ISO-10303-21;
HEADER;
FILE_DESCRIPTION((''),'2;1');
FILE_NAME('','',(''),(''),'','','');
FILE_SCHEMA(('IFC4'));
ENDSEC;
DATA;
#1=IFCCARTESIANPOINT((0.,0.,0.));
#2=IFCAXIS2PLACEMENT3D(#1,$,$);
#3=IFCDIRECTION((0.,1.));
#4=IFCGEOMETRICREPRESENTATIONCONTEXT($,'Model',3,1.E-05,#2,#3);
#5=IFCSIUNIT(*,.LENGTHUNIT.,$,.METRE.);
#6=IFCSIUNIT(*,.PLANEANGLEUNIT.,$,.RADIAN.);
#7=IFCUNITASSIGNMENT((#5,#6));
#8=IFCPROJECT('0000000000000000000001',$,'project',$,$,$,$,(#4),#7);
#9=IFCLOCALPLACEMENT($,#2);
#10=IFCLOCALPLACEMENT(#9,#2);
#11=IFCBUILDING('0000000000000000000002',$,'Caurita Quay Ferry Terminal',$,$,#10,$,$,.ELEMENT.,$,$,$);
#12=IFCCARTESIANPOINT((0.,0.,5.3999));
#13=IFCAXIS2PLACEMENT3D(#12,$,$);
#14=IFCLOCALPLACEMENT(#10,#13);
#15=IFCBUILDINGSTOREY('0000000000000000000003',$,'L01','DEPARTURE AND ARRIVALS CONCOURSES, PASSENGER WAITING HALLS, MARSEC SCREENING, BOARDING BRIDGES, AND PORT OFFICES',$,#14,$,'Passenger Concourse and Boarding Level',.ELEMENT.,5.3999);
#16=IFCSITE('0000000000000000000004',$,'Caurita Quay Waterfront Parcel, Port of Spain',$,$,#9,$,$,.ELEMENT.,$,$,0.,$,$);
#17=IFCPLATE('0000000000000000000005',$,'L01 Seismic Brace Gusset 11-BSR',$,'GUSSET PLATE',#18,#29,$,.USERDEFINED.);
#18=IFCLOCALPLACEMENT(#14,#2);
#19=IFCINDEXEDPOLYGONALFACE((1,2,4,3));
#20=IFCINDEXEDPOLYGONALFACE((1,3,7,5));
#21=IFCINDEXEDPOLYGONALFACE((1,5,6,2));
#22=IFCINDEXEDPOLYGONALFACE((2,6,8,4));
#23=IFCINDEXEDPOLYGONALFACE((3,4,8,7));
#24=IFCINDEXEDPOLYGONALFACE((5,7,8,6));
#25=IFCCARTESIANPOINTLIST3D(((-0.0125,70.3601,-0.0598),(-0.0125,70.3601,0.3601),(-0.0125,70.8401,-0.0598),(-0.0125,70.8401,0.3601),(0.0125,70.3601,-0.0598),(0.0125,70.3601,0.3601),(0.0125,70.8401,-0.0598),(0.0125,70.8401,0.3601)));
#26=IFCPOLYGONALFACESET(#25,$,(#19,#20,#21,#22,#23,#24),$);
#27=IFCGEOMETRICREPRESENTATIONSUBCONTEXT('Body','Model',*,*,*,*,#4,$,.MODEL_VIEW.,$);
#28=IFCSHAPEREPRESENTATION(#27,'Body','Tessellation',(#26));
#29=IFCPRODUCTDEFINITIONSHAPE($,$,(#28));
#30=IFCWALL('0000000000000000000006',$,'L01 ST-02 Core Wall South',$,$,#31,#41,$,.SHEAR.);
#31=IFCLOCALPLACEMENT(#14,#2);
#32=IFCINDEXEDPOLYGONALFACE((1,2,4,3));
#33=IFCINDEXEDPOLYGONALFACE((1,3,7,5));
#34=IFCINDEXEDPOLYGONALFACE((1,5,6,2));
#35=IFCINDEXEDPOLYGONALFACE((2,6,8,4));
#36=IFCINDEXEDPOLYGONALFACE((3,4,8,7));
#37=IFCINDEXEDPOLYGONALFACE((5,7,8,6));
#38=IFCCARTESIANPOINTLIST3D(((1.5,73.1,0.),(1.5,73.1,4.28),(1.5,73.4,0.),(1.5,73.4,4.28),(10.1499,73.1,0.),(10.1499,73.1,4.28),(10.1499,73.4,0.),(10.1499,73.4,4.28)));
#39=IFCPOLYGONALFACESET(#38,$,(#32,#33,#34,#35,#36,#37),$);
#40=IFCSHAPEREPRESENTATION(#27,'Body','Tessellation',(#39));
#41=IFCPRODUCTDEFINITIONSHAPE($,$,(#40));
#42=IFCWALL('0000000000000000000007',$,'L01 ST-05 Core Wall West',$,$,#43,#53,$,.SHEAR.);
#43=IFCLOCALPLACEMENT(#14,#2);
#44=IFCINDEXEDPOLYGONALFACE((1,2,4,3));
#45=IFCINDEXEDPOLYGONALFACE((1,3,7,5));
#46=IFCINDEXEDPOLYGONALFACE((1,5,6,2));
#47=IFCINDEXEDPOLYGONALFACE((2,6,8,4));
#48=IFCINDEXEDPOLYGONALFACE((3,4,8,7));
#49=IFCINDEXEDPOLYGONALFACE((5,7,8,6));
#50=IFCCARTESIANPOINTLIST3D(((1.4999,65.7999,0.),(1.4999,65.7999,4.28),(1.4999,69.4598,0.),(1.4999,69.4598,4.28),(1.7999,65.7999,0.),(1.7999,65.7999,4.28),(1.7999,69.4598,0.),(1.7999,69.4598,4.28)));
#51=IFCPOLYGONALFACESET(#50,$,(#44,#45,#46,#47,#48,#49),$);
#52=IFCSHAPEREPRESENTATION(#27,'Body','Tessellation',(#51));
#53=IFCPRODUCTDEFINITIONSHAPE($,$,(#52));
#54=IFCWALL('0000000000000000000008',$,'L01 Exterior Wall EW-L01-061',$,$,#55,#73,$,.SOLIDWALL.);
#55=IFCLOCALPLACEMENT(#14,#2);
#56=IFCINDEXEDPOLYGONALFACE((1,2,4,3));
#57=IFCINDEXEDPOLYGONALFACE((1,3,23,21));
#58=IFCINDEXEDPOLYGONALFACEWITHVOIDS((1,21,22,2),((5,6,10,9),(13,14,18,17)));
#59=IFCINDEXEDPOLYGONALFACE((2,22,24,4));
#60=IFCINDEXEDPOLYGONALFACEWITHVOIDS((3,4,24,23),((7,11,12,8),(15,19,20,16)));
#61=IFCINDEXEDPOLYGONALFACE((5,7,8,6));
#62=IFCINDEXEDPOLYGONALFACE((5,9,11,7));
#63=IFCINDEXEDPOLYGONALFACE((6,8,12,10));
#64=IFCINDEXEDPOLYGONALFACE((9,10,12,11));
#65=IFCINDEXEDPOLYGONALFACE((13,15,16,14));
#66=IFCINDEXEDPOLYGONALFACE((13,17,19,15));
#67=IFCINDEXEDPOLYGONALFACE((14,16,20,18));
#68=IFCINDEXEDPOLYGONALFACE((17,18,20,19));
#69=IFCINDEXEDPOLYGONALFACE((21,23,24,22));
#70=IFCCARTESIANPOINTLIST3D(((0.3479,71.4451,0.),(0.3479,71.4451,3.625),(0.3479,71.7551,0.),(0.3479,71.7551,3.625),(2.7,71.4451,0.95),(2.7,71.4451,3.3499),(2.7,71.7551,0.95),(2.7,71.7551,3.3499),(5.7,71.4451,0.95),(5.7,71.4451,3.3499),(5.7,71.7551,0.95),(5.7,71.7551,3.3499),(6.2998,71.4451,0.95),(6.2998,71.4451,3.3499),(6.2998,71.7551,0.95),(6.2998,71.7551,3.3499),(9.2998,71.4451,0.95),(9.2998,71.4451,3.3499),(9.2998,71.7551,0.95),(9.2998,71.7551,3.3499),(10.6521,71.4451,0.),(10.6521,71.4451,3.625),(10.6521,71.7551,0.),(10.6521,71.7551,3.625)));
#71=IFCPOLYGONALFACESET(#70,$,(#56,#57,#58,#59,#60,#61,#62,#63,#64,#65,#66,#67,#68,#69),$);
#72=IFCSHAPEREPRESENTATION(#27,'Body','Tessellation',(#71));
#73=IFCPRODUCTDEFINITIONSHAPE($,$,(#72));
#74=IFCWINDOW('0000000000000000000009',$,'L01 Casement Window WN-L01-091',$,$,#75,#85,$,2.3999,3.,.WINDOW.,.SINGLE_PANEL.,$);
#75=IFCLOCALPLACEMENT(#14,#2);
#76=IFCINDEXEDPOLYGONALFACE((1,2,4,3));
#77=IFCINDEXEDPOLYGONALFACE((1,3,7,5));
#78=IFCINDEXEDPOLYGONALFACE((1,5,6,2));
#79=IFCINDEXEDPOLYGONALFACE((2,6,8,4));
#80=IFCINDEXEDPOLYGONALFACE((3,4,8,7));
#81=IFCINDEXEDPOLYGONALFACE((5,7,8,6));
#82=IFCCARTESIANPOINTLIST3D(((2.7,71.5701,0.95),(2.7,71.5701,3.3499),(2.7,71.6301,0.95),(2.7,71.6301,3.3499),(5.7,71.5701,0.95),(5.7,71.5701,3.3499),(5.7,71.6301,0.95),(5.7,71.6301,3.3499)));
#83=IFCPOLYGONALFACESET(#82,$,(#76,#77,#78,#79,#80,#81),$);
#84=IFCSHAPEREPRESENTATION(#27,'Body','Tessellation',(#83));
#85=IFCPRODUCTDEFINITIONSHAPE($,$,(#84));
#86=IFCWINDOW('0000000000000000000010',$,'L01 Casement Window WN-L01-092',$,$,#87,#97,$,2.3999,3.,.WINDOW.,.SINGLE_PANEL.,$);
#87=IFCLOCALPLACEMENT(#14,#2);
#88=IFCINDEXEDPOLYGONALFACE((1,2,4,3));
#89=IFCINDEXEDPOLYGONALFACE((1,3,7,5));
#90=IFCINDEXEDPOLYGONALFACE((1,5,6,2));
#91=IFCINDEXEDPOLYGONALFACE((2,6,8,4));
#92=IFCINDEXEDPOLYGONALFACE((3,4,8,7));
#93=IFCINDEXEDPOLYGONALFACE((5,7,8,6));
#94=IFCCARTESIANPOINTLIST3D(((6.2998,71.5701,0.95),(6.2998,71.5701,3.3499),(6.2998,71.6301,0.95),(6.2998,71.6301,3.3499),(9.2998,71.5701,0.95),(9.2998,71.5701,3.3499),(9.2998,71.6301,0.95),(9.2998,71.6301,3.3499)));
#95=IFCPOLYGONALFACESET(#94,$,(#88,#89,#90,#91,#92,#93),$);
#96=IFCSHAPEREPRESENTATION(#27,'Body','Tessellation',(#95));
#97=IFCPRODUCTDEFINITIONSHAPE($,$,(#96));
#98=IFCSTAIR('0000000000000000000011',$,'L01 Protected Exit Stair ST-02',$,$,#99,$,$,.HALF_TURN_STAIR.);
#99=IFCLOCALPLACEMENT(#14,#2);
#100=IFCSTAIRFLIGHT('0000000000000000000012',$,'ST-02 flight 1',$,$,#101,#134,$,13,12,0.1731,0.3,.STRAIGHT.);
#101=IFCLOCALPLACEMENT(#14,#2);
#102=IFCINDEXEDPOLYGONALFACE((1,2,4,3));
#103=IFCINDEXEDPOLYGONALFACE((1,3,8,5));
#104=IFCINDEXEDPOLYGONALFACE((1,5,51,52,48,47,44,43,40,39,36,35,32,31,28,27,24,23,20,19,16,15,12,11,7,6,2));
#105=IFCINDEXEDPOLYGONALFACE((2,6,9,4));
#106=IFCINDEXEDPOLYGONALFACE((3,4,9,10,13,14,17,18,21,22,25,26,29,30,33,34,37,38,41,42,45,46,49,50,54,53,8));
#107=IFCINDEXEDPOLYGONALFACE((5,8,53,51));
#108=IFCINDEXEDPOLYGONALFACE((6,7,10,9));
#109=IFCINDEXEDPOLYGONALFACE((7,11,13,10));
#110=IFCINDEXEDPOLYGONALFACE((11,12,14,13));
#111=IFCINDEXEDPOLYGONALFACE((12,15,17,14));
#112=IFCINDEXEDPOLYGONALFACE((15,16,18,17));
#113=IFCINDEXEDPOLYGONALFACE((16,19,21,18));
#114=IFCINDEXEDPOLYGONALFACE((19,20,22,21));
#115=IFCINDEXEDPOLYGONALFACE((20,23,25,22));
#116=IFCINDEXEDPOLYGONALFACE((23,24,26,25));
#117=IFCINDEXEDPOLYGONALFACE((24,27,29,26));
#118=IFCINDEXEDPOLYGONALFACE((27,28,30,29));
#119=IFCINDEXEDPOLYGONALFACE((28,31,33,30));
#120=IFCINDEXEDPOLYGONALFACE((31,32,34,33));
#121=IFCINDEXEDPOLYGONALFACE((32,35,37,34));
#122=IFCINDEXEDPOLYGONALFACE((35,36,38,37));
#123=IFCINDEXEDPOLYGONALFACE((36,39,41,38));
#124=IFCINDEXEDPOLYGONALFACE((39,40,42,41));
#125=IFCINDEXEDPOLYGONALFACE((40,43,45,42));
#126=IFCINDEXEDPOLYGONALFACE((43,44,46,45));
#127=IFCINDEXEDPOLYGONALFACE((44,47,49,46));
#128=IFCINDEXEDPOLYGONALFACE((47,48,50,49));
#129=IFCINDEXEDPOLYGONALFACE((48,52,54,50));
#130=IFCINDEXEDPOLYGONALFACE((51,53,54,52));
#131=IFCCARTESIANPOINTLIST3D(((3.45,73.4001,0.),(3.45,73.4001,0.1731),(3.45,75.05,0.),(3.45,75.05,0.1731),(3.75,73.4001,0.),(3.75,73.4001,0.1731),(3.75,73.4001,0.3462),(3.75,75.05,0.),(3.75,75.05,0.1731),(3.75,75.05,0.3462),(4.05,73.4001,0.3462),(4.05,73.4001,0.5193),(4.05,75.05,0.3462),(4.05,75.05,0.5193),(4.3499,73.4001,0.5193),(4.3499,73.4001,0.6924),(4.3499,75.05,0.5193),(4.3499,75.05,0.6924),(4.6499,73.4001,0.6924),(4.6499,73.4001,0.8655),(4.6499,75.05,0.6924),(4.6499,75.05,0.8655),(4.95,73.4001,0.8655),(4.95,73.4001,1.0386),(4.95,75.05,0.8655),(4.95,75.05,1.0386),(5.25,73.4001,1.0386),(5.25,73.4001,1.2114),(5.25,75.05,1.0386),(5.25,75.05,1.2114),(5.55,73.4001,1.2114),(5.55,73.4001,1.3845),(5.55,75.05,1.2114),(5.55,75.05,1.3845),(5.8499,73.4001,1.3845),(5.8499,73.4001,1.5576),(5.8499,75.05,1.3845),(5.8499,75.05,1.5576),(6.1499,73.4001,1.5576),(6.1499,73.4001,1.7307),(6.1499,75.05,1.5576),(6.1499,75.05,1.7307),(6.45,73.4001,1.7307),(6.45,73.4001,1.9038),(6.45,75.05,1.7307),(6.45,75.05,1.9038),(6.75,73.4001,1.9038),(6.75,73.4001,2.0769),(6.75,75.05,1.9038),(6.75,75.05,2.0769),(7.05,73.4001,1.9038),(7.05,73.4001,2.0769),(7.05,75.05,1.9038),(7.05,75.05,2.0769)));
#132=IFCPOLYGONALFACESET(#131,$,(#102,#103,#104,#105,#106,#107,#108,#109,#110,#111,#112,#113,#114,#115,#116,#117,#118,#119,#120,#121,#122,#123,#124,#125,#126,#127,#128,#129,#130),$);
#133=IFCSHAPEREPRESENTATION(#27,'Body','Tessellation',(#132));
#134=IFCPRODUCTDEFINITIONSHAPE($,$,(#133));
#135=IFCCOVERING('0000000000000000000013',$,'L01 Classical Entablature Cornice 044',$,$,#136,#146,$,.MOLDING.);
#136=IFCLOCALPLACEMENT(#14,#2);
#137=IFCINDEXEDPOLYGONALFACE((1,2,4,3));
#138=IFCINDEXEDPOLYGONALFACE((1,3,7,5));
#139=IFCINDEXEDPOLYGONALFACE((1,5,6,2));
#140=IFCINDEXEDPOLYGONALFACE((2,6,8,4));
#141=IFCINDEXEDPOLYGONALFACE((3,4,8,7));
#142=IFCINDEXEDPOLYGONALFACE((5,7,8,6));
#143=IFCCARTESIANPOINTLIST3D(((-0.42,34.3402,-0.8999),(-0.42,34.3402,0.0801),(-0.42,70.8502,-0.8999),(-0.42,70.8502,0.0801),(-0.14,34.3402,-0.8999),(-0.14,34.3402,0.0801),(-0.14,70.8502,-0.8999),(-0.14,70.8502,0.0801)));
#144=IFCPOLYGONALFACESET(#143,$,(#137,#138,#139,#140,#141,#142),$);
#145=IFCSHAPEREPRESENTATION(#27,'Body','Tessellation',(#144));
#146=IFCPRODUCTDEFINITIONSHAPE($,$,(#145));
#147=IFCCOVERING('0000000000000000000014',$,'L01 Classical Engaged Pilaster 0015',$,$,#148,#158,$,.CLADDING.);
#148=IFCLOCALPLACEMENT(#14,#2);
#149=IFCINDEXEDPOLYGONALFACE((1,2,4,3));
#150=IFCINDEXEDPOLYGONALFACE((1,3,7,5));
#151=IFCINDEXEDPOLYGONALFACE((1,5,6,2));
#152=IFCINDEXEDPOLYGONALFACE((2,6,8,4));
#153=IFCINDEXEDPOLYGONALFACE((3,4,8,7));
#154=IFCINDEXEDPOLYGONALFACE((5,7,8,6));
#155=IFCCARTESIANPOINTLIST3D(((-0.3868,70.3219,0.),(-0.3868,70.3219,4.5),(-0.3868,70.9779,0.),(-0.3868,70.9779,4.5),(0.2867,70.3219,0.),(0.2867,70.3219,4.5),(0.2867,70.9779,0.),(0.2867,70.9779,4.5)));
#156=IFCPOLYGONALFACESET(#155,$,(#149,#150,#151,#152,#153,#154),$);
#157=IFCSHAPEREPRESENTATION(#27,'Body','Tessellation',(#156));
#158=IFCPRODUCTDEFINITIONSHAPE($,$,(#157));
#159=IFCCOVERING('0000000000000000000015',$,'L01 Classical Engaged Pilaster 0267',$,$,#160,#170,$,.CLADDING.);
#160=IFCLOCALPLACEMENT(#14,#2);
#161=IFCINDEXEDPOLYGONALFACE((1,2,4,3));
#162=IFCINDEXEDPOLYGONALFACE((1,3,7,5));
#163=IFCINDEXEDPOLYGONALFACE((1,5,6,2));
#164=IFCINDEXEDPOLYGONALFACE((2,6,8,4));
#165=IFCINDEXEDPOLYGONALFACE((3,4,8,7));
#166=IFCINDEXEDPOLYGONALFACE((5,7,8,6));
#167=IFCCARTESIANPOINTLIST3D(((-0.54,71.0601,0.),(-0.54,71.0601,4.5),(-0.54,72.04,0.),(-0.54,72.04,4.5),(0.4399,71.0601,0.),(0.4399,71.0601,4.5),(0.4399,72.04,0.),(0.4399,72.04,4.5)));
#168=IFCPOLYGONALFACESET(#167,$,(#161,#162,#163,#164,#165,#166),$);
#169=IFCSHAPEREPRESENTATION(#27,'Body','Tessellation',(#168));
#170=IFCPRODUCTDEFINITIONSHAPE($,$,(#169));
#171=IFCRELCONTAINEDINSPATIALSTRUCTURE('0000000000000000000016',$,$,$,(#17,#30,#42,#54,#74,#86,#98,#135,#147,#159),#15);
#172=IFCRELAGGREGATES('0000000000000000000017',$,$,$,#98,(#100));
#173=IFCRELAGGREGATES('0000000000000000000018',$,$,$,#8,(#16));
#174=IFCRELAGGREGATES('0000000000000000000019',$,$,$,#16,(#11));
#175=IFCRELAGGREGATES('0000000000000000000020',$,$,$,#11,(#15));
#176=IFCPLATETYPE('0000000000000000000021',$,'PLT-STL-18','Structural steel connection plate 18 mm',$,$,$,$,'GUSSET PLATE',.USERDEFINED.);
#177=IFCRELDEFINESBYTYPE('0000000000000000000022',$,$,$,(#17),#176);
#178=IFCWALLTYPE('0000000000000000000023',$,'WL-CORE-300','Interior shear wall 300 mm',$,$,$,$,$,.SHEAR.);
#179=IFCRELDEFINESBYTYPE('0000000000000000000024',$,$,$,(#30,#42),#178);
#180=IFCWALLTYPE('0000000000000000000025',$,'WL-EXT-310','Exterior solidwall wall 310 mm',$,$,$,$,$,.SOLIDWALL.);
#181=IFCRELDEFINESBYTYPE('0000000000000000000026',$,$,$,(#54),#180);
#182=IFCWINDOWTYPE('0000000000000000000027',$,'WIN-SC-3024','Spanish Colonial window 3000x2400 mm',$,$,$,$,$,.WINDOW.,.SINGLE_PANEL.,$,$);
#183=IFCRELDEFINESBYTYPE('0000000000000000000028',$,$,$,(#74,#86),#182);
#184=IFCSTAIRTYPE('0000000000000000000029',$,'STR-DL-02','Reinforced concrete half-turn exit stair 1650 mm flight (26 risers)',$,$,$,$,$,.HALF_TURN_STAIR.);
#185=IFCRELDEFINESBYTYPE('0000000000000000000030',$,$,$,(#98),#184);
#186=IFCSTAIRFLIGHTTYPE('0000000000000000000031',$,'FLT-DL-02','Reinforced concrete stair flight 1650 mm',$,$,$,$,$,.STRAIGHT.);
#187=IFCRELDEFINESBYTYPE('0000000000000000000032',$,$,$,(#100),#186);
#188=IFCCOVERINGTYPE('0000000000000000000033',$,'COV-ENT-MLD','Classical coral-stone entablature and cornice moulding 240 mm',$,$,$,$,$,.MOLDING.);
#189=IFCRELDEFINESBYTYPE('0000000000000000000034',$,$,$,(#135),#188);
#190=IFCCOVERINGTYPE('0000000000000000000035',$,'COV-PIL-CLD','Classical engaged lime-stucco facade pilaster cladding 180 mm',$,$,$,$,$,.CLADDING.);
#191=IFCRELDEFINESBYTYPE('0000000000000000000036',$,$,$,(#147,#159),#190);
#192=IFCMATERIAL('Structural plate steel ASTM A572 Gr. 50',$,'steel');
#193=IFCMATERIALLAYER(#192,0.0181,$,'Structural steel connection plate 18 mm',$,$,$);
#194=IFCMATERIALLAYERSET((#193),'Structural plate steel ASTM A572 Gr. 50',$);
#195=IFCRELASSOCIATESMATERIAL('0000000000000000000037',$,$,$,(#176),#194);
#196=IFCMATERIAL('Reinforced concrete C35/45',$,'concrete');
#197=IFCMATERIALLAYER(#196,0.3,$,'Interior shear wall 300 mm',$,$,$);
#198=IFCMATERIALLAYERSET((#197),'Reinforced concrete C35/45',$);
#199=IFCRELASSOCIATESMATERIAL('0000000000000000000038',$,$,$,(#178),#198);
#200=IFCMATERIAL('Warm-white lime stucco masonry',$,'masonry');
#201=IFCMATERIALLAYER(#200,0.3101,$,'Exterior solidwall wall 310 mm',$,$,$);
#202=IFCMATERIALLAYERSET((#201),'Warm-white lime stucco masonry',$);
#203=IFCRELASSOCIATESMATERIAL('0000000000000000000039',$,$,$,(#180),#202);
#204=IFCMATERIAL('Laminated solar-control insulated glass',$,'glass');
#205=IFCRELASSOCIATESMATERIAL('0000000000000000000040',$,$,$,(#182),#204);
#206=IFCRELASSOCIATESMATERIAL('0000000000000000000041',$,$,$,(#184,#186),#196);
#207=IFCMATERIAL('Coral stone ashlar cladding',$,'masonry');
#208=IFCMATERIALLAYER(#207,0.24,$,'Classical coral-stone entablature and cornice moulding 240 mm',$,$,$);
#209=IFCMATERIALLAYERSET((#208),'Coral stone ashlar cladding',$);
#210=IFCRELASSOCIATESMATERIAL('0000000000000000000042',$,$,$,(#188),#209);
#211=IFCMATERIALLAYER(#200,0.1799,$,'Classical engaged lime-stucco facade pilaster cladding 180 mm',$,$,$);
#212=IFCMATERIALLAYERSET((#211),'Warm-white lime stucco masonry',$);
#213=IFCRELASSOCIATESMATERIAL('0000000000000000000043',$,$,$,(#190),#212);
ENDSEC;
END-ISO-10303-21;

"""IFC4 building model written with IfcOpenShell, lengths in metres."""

from ifc_helpers import new_model, si_unit, direction, frame, frame_2d, origin, origin_2d, place, context, subcontext, project, spatial, polyline, rectangle, outline, extrude, material, layer, layer_set, type_object, element, fill, aggregate, save


model = new_model("IFC4")

# Units and contexts
model_context = context("Model", 3, precision=1e-05, world=origin(), true_north=direction((0.0, 1.0)))
body_context = subcontext(model_context, "Body", "Model", "MODEL_VIEW")
ifc_project = project(units=[si_unit("LENGTHUNIT", "METRE"), si_unit("PLANEANGLEUNIT", "RADIAN")], contexts=[model_context])

# Site, building, storey
site_placement = place(None, origin())
site = spatial("IfcSite", under=ifc_project, at=site_placement, Name="Caurita Quay Waterfront Parcel, Port of Spain", CompositionType="ELEMENT", RefElevation=0.0)
building_placement = place(site_placement, origin())
building = spatial("IfcBuilding", under=site, at=building_placement, Name="Caurita Quay Ferry Terminal", CompositionType="ELEMENT")
storey_placement = place(building_placement, frame((0.0, 0.0, 5.3999)))
storey = spatial("IfcBuildingStorey", under=building, at=storey_placement, Name="L01", Description="DEPARTURE AND ARRIVALS CONCOURSES, PASSENGER WAITING HALLS, MARSEC SCREENING, BOARDING BRIDGES, AND PORT OFFICES", LongName="Passenger Concourse and Boarding Level", CompositionType="ELEMENT", Elevation=5.3999)

# Shared definitions
ifc_material_1 = material(Name="Reinforced concrete C35/45", Category="concrete")

# Plate
ifc_material_2 = material(Name="Structural plate steel ASTM A572 Gr. 50", Category="steel")
ifc_layer_1 = layer(ifc_material_2, 0.0181, Name="Structural steel connection plate 18 mm")
ifc_layer_set_1 = layer_set([ifc_layer_1], Name="Structural plate steel ASTM A572 Gr. 50")
plate_type = type_object("IfcPlateType", Name="PLT-STL-18", Description="Structural steel connection plate 18 mm", ElementType="GUSSET PLATE", PredefinedType="USERDEFINED", material=ifc_layer_set_1)
plate_placement = place(storey_placement, frame((0.0, 70.6001, -0.0598), z_axis=(0.0, 0.0, 1.0), x_axis=(0.0, 1.0, 0.0)))
element("IfcPlate", 1, at=plate_placement, inside=storey, type_object=plate_type, Name="L01 Seismic Brace Gusset 11-BSR", ObjectType="GUSSET PLATE", PredefinedType="USERDEFINED", context=body_context, shape_type="SweptSolid", body=[
    extrude(rectangle(XDim=0.48, YDim=0.0249, at=origin_2d()), origin(), (0.0, 0.0, 1.0), 0.4199),
])

# Walls
ifc_layer_2 = layer(ifc_material_1, 0.3, Name="Interior shear wall 300 mm")
ifc_layer_set_2 = layer_set([ifc_layer_2], Name="Reinforced concrete C35/45")
wall_type_1 = type_object("IfcWallType", Name="WL-CORE-300", Description="Interior shear wall 300 mm", PredefinedType="SHEAR", material=ifc_layer_set_2)
wall_1_placement = place(storey_placement, frame((1.5, 73.25, 0.0), z_axis=(0.0, 0.0, 1.0), x_axis=(1.0, 0.0, 0.0)))
element("IfcWall", 2, at=wall_1_placement, inside=storey, type_object=wall_type_1, Name="L01 ST-02 Core Wall South", PredefinedType="SHEAR", context=body_context, shape_type="SweptSolid", body=[
    extrude(rectangle(XDim=8.6499, YDim=0.3, at=frame_2d((4.325, 0.0))), origin(), (0.0, 0.0, 1.0), 4.28),
])
wall_2_placement = place(storey_placement, frame((1.6499, 69.46, 0.0), z_axis=(0.0, 0.0, 1.0), x_axis=(0.0, -1.0, 0.0)))
element("IfcWall", 3, at=wall_2_placement, inside=storey, type_object=wall_type_1, Name="L01 ST-05 Core Wall West", PredefinedType="SHEAR", context=body_context, shape_type="SweptSolid", body=[
    extrude(rectangle(XDim=3.6599, YDim=0.3, at=frame_2d((1.8301, 0.0))), origin(), (0.0, 0.0, 1.0), 4.28),
])

# Wall, openings, windows
ifc_material_3 = material(Name="Warm-white lime stucco masonry", Category="masonry")
ifc_layer_3 = layer(ifc_material_3, 0.3101, Name="Exterior solidwall wall 310 mm")
ifc_layer_set_3 = layer_set([ifc_layer_3], Name="Warm-white lime stucco masonry")
wall_type_2 = type_object("IfcWallType", Name="WL-EXT-310", Description="Exterior solidwall wall 310 mm", PredefinedType="SOLIDWALL", material=ifc_layer_set_3)
wall_3_placement = place(storey_placement, frame((0.3479, 71.6001, 0.0), z_axis=(0.0, 0.0, 1.0), x_axis=(1.0, 0.0, 0.0)))
wall_3 = element("IfcWall", 4, at=wall_3_placement, inside=storey, type_object=wall_type_2, Name="L01 Exterior Wall EW-L01-061", PredefinedType="SOLIDWALL", context=body_context, shape_type="SweptSolid", body=[
    extrude(rectangle(XDim=10.3042, YDim=0.3101, at=frame_2d((5.1521, 0.0))), origin(), (0.0, 0.0, 1.0), 3.625),
])
opening_1_placement = place(wall_3_placement, frame((2.3521, 0.0, 0.95)))
opening_1 = element("IfcOpeningElement", 5, at=opening_1_placement, cuts=wall_3, PredefinedType="OPENING", context=body_context, shape_type="SweptSolid", body=[
    extrude(rectangle(XDim=3.0, YDim=2.3999, at=frame_2d((1.5, 1.2))), frame((0.0, 0.165, 0.0), z_axis=(0.0, -1.0, 0.0), x_axis=(1.0, 0.0, 0.0)), (0.0, 0.0, 1.0), 0.3301),
])
opening_2_placement = place(wall_3_placement, frame((5.9519, 0.0, 0.95)))
opening_2 = element("IfcOpeningElement", 6, at=opening_2_placement, cuts=wall_3, PredefinedType="OPENING", context=body_context, shape_type="SweptSolid", body=[
    extrude(rectangle(XDim=3.0, YDim=2.3999, at=frame_2d((1.5, 1.2))), frame((0.0, 0.165, 0.0), z_axis=(0.0, -1.0, 0.0), x_axis=(1.0, 0.0, 0.0)), (0.0, 0.0, 1.0), 0.3301),
])
ifc_material_4 = material(Name="Laminated solar-control insulated glass", Category="glass")
window_type = type_object("IfcWindowType", Name="WIN-SC-3024", Description="Spanish Colonial window 3000x2400 mm", PartitioningType="SINGLE_PANEL", PredefinedType="WINDOW", material=ifc_material_4)
window_1_placement = place(opening_1_placement, origin())
window_1 = element("IfcWindow", 7, at=window_1_placement, inside=storey, type_object=window_type, Name="L01 Casement Window WN-L01-091", OverallHeight=2.3999, OverallWidth=3.0, PartitioningType="SINGLE_PANEL", PredefinedType="WINDOW", context=body_context, shape_type="SweptSolid", body=[
    extrude(rectangle(XDim=3.0, YDim=2.3999, at=frame_2d((1.5, 1.2))), frame((0.0, 0.03, 0.0), z_axis=(0.0, -1.0, 0.0), x_axis=(1.0, 0.0, 0.0)), (0.0, 0.0, 1.0), 0.0601),
])
fill(opening_1, window_1)
window_2_placement = place(opening_2_placement, origin())
window_2 = element("IfcWindow", 8, at=window_2_placement, inside=storey, type_object=window_type, Name="L01 Casement Window WN-L01-092", OverallHeight=2.3999, OverallWidth=3.0, PartitioningType="SINGLE_PANEL", PredefinedType="WINDOW", context=body_context, shape_type="SweptSolid", body=[
    extrude(rectangle(XDim=3.0, YDim=2.3999, at=frame_2d((1.5, 1.2))), frame((0.0, 0.03, 0.0), z_axis=(0.0, -1.0, 0.0), x_axis=(1.0, 0.0, 0.0)), (0.0, 0.0, 1.0), 0.0601),
])
fill(opening_2, window_2)

# Stair, stair flight
stair_type = type_object("IfcStairType", Name="STR-DL-02", Description="Reinforced concrete half-turn exit stair 1650 mm flight (26 risers)", PredefinedType="HALF_TURN_STAIR", material=ifc_material_1)
stair_placement = place(storey_placement, origin())
stair = element("IfcStair", 9, at=stair_placement, inside=storey, type_object=stair_type, Name="L01 Protected Exit Stair ST-02", PredefinedType="HALF_TURN_STAIR")
stair_flight_type = type_object("IfcStairFlightType", Name="FLT-DL-02", Description="Reinforced concrete stair flight 1650 mm", PredefinedType="STRAIGHT", material=ifc_material_1)
stair_flight_placement = place(storey_placement, frame((3.45, 74.2251, 0.0), z_axis=(0.0, 0.0, 1.0), x_axis=(1.0, 0.0, 0.0)))
stair_flight = element("IfcStairFlight", 10, at=stair_flight_placement, type_object=stair_flight_type, Name="ST-02 flight 1", NumberOfRisers=13, NumberOfTreads=12, PredefinedType="STRAIGHT", RiserHeight=0.1731, TreadLength=0.3, context=body_context, shape_type="SweptSolid", body=[
    extrude(outline(polyline([(0.0, 0.0), (0.0, 0.1731), (0.3, 0.1731), (0.3, 0.3462), (0.6001, 0.3462), (0.6001, 0.5193), (0.8999, 0.5193), (0.8999, 0.6924), (1.2, 0.6924), (1.2, 0.8655), (1.5, 0.8655), (1.5, 1.0386), (1.8, 1.0386), (1.8, 1.2114), (2.1001, 1.2114), (2.1001, 1.3845), (2.3999, 1.3845), (2.3999, 1.5576), (2.7, 1.5576), (2.7, 1.7307), (3.0, 1.7307), (3.0, 1.9038), (3.3, 1.9038), (3.3, 2.0769), (3.6001, 2.0769), (3.6001, 2.25), (3.6001, 1.9038), (0.3, 0.0), (0.0, 0.0)])), frame((0.0, 0.825, 0.0), z_axis=(0.0, -1.0, 0.0), x_axis=(1.0, 0.0, 0.0)), (0.0, 0.0, 1.0), 1.6499),
])
aggregate(stair, [stair_flight])

# Coverings
ifc_material_5 = material(Name="Coral stone ashlar cladding", Category="masonry")
ifc_layer_4 = layer(ifc_material_5, 0.24, Name="Classical coral-stone entablature and cornice moulding 240 mm")
ifc_layer_set_4 = layer_set([ifc_layer_4], Name="Coral stone ashlar cladding")
covering_type_1 = type_object("IfcCoveringType", Name="COV-ENT-MLD", Description="Classical coral-stone entablature and cornice moulding 240 mm", PredefinedType="MOLDING", material=ifc_layer_set_4)
covering_1_placement = place(storey_placement, frame((-0.28, 70.8501, -0.8999), z_axis=(0.0, 0.0, 1.0), x_axis=(0.0, -1.0, 0.0)))
element("IfcCovering", 11, at=covering_1_placement, inside=storey, type_object=covering_type_1, Name="L01 Classical Entablature Cornice 044", PredefinedType="MOLDING", context=body_context, shape_type="SweptSolid", body=[
    extrude(rectangle(XDim=36.51, YDim=0.28, at=frame_2d((18.2549, 0.0))), origin(), (0.0, 0.0, 1.0), 0.98),
])
ifc_layer_5 = layer(ifc_material_3, 0.1799, Name="Classical engaged lime-stucco facade pilaster cladding 180 mm")
ifc_layer_set_5 = layer_set([ifc_layer_5], Name="Warm-white lime stucco masonry")
covering_type_2 = type_object("IfcCoveringType", Name="COV-PIL-CLD", Description="Classical engaged lime-stucco facade pilaster cladding 180 mm", PredefinedType="CLADDING", material=ifc_layer_set_5)
covering_2_placement = place(storey_placement, frame((-0.05, 70.6499, 0.0), z_axis=(0.0, 0.0, 1.0), x_axis=(1.0, 0.0, 0.0)))
element("IfcCovering", 12, at=covering_2_placement, inside=storey, type_object=covering_type_2, Name="L01 Classical Engaged Pilaster 0015", PredefinedType="CLADDING", context=body_context, shape_type="SweptSolid", body=[
    extrude(rectangle(XDim=0.6736, YDim=0.656, at=origin_2d()), origin(), (0.0, 0.0, 1.0), 4.5),
])
covering_3_placement = place(storey_placement, frame((-0.05, 71.55, 0.0), z_axis=(0.0, 0.0, 1.0), x_axis=(1.0, 0.0, 0.0)))
element("IfcCovering", 13, at=covering_3_placement, inside=storey, type_object=covering_type_2, Name="L01 Classical Engaged Pilaster 0267", PredefinedType="CLADDING", context=body_context, shape_type="SweptSolid", body=[
    extrude(rectangle(XDim=0.98, YDim=0.98, at=origin_2d()), origin(), (0.0, 0.0, 1.0), 4.5),
])

save(model, "model.ifc")
